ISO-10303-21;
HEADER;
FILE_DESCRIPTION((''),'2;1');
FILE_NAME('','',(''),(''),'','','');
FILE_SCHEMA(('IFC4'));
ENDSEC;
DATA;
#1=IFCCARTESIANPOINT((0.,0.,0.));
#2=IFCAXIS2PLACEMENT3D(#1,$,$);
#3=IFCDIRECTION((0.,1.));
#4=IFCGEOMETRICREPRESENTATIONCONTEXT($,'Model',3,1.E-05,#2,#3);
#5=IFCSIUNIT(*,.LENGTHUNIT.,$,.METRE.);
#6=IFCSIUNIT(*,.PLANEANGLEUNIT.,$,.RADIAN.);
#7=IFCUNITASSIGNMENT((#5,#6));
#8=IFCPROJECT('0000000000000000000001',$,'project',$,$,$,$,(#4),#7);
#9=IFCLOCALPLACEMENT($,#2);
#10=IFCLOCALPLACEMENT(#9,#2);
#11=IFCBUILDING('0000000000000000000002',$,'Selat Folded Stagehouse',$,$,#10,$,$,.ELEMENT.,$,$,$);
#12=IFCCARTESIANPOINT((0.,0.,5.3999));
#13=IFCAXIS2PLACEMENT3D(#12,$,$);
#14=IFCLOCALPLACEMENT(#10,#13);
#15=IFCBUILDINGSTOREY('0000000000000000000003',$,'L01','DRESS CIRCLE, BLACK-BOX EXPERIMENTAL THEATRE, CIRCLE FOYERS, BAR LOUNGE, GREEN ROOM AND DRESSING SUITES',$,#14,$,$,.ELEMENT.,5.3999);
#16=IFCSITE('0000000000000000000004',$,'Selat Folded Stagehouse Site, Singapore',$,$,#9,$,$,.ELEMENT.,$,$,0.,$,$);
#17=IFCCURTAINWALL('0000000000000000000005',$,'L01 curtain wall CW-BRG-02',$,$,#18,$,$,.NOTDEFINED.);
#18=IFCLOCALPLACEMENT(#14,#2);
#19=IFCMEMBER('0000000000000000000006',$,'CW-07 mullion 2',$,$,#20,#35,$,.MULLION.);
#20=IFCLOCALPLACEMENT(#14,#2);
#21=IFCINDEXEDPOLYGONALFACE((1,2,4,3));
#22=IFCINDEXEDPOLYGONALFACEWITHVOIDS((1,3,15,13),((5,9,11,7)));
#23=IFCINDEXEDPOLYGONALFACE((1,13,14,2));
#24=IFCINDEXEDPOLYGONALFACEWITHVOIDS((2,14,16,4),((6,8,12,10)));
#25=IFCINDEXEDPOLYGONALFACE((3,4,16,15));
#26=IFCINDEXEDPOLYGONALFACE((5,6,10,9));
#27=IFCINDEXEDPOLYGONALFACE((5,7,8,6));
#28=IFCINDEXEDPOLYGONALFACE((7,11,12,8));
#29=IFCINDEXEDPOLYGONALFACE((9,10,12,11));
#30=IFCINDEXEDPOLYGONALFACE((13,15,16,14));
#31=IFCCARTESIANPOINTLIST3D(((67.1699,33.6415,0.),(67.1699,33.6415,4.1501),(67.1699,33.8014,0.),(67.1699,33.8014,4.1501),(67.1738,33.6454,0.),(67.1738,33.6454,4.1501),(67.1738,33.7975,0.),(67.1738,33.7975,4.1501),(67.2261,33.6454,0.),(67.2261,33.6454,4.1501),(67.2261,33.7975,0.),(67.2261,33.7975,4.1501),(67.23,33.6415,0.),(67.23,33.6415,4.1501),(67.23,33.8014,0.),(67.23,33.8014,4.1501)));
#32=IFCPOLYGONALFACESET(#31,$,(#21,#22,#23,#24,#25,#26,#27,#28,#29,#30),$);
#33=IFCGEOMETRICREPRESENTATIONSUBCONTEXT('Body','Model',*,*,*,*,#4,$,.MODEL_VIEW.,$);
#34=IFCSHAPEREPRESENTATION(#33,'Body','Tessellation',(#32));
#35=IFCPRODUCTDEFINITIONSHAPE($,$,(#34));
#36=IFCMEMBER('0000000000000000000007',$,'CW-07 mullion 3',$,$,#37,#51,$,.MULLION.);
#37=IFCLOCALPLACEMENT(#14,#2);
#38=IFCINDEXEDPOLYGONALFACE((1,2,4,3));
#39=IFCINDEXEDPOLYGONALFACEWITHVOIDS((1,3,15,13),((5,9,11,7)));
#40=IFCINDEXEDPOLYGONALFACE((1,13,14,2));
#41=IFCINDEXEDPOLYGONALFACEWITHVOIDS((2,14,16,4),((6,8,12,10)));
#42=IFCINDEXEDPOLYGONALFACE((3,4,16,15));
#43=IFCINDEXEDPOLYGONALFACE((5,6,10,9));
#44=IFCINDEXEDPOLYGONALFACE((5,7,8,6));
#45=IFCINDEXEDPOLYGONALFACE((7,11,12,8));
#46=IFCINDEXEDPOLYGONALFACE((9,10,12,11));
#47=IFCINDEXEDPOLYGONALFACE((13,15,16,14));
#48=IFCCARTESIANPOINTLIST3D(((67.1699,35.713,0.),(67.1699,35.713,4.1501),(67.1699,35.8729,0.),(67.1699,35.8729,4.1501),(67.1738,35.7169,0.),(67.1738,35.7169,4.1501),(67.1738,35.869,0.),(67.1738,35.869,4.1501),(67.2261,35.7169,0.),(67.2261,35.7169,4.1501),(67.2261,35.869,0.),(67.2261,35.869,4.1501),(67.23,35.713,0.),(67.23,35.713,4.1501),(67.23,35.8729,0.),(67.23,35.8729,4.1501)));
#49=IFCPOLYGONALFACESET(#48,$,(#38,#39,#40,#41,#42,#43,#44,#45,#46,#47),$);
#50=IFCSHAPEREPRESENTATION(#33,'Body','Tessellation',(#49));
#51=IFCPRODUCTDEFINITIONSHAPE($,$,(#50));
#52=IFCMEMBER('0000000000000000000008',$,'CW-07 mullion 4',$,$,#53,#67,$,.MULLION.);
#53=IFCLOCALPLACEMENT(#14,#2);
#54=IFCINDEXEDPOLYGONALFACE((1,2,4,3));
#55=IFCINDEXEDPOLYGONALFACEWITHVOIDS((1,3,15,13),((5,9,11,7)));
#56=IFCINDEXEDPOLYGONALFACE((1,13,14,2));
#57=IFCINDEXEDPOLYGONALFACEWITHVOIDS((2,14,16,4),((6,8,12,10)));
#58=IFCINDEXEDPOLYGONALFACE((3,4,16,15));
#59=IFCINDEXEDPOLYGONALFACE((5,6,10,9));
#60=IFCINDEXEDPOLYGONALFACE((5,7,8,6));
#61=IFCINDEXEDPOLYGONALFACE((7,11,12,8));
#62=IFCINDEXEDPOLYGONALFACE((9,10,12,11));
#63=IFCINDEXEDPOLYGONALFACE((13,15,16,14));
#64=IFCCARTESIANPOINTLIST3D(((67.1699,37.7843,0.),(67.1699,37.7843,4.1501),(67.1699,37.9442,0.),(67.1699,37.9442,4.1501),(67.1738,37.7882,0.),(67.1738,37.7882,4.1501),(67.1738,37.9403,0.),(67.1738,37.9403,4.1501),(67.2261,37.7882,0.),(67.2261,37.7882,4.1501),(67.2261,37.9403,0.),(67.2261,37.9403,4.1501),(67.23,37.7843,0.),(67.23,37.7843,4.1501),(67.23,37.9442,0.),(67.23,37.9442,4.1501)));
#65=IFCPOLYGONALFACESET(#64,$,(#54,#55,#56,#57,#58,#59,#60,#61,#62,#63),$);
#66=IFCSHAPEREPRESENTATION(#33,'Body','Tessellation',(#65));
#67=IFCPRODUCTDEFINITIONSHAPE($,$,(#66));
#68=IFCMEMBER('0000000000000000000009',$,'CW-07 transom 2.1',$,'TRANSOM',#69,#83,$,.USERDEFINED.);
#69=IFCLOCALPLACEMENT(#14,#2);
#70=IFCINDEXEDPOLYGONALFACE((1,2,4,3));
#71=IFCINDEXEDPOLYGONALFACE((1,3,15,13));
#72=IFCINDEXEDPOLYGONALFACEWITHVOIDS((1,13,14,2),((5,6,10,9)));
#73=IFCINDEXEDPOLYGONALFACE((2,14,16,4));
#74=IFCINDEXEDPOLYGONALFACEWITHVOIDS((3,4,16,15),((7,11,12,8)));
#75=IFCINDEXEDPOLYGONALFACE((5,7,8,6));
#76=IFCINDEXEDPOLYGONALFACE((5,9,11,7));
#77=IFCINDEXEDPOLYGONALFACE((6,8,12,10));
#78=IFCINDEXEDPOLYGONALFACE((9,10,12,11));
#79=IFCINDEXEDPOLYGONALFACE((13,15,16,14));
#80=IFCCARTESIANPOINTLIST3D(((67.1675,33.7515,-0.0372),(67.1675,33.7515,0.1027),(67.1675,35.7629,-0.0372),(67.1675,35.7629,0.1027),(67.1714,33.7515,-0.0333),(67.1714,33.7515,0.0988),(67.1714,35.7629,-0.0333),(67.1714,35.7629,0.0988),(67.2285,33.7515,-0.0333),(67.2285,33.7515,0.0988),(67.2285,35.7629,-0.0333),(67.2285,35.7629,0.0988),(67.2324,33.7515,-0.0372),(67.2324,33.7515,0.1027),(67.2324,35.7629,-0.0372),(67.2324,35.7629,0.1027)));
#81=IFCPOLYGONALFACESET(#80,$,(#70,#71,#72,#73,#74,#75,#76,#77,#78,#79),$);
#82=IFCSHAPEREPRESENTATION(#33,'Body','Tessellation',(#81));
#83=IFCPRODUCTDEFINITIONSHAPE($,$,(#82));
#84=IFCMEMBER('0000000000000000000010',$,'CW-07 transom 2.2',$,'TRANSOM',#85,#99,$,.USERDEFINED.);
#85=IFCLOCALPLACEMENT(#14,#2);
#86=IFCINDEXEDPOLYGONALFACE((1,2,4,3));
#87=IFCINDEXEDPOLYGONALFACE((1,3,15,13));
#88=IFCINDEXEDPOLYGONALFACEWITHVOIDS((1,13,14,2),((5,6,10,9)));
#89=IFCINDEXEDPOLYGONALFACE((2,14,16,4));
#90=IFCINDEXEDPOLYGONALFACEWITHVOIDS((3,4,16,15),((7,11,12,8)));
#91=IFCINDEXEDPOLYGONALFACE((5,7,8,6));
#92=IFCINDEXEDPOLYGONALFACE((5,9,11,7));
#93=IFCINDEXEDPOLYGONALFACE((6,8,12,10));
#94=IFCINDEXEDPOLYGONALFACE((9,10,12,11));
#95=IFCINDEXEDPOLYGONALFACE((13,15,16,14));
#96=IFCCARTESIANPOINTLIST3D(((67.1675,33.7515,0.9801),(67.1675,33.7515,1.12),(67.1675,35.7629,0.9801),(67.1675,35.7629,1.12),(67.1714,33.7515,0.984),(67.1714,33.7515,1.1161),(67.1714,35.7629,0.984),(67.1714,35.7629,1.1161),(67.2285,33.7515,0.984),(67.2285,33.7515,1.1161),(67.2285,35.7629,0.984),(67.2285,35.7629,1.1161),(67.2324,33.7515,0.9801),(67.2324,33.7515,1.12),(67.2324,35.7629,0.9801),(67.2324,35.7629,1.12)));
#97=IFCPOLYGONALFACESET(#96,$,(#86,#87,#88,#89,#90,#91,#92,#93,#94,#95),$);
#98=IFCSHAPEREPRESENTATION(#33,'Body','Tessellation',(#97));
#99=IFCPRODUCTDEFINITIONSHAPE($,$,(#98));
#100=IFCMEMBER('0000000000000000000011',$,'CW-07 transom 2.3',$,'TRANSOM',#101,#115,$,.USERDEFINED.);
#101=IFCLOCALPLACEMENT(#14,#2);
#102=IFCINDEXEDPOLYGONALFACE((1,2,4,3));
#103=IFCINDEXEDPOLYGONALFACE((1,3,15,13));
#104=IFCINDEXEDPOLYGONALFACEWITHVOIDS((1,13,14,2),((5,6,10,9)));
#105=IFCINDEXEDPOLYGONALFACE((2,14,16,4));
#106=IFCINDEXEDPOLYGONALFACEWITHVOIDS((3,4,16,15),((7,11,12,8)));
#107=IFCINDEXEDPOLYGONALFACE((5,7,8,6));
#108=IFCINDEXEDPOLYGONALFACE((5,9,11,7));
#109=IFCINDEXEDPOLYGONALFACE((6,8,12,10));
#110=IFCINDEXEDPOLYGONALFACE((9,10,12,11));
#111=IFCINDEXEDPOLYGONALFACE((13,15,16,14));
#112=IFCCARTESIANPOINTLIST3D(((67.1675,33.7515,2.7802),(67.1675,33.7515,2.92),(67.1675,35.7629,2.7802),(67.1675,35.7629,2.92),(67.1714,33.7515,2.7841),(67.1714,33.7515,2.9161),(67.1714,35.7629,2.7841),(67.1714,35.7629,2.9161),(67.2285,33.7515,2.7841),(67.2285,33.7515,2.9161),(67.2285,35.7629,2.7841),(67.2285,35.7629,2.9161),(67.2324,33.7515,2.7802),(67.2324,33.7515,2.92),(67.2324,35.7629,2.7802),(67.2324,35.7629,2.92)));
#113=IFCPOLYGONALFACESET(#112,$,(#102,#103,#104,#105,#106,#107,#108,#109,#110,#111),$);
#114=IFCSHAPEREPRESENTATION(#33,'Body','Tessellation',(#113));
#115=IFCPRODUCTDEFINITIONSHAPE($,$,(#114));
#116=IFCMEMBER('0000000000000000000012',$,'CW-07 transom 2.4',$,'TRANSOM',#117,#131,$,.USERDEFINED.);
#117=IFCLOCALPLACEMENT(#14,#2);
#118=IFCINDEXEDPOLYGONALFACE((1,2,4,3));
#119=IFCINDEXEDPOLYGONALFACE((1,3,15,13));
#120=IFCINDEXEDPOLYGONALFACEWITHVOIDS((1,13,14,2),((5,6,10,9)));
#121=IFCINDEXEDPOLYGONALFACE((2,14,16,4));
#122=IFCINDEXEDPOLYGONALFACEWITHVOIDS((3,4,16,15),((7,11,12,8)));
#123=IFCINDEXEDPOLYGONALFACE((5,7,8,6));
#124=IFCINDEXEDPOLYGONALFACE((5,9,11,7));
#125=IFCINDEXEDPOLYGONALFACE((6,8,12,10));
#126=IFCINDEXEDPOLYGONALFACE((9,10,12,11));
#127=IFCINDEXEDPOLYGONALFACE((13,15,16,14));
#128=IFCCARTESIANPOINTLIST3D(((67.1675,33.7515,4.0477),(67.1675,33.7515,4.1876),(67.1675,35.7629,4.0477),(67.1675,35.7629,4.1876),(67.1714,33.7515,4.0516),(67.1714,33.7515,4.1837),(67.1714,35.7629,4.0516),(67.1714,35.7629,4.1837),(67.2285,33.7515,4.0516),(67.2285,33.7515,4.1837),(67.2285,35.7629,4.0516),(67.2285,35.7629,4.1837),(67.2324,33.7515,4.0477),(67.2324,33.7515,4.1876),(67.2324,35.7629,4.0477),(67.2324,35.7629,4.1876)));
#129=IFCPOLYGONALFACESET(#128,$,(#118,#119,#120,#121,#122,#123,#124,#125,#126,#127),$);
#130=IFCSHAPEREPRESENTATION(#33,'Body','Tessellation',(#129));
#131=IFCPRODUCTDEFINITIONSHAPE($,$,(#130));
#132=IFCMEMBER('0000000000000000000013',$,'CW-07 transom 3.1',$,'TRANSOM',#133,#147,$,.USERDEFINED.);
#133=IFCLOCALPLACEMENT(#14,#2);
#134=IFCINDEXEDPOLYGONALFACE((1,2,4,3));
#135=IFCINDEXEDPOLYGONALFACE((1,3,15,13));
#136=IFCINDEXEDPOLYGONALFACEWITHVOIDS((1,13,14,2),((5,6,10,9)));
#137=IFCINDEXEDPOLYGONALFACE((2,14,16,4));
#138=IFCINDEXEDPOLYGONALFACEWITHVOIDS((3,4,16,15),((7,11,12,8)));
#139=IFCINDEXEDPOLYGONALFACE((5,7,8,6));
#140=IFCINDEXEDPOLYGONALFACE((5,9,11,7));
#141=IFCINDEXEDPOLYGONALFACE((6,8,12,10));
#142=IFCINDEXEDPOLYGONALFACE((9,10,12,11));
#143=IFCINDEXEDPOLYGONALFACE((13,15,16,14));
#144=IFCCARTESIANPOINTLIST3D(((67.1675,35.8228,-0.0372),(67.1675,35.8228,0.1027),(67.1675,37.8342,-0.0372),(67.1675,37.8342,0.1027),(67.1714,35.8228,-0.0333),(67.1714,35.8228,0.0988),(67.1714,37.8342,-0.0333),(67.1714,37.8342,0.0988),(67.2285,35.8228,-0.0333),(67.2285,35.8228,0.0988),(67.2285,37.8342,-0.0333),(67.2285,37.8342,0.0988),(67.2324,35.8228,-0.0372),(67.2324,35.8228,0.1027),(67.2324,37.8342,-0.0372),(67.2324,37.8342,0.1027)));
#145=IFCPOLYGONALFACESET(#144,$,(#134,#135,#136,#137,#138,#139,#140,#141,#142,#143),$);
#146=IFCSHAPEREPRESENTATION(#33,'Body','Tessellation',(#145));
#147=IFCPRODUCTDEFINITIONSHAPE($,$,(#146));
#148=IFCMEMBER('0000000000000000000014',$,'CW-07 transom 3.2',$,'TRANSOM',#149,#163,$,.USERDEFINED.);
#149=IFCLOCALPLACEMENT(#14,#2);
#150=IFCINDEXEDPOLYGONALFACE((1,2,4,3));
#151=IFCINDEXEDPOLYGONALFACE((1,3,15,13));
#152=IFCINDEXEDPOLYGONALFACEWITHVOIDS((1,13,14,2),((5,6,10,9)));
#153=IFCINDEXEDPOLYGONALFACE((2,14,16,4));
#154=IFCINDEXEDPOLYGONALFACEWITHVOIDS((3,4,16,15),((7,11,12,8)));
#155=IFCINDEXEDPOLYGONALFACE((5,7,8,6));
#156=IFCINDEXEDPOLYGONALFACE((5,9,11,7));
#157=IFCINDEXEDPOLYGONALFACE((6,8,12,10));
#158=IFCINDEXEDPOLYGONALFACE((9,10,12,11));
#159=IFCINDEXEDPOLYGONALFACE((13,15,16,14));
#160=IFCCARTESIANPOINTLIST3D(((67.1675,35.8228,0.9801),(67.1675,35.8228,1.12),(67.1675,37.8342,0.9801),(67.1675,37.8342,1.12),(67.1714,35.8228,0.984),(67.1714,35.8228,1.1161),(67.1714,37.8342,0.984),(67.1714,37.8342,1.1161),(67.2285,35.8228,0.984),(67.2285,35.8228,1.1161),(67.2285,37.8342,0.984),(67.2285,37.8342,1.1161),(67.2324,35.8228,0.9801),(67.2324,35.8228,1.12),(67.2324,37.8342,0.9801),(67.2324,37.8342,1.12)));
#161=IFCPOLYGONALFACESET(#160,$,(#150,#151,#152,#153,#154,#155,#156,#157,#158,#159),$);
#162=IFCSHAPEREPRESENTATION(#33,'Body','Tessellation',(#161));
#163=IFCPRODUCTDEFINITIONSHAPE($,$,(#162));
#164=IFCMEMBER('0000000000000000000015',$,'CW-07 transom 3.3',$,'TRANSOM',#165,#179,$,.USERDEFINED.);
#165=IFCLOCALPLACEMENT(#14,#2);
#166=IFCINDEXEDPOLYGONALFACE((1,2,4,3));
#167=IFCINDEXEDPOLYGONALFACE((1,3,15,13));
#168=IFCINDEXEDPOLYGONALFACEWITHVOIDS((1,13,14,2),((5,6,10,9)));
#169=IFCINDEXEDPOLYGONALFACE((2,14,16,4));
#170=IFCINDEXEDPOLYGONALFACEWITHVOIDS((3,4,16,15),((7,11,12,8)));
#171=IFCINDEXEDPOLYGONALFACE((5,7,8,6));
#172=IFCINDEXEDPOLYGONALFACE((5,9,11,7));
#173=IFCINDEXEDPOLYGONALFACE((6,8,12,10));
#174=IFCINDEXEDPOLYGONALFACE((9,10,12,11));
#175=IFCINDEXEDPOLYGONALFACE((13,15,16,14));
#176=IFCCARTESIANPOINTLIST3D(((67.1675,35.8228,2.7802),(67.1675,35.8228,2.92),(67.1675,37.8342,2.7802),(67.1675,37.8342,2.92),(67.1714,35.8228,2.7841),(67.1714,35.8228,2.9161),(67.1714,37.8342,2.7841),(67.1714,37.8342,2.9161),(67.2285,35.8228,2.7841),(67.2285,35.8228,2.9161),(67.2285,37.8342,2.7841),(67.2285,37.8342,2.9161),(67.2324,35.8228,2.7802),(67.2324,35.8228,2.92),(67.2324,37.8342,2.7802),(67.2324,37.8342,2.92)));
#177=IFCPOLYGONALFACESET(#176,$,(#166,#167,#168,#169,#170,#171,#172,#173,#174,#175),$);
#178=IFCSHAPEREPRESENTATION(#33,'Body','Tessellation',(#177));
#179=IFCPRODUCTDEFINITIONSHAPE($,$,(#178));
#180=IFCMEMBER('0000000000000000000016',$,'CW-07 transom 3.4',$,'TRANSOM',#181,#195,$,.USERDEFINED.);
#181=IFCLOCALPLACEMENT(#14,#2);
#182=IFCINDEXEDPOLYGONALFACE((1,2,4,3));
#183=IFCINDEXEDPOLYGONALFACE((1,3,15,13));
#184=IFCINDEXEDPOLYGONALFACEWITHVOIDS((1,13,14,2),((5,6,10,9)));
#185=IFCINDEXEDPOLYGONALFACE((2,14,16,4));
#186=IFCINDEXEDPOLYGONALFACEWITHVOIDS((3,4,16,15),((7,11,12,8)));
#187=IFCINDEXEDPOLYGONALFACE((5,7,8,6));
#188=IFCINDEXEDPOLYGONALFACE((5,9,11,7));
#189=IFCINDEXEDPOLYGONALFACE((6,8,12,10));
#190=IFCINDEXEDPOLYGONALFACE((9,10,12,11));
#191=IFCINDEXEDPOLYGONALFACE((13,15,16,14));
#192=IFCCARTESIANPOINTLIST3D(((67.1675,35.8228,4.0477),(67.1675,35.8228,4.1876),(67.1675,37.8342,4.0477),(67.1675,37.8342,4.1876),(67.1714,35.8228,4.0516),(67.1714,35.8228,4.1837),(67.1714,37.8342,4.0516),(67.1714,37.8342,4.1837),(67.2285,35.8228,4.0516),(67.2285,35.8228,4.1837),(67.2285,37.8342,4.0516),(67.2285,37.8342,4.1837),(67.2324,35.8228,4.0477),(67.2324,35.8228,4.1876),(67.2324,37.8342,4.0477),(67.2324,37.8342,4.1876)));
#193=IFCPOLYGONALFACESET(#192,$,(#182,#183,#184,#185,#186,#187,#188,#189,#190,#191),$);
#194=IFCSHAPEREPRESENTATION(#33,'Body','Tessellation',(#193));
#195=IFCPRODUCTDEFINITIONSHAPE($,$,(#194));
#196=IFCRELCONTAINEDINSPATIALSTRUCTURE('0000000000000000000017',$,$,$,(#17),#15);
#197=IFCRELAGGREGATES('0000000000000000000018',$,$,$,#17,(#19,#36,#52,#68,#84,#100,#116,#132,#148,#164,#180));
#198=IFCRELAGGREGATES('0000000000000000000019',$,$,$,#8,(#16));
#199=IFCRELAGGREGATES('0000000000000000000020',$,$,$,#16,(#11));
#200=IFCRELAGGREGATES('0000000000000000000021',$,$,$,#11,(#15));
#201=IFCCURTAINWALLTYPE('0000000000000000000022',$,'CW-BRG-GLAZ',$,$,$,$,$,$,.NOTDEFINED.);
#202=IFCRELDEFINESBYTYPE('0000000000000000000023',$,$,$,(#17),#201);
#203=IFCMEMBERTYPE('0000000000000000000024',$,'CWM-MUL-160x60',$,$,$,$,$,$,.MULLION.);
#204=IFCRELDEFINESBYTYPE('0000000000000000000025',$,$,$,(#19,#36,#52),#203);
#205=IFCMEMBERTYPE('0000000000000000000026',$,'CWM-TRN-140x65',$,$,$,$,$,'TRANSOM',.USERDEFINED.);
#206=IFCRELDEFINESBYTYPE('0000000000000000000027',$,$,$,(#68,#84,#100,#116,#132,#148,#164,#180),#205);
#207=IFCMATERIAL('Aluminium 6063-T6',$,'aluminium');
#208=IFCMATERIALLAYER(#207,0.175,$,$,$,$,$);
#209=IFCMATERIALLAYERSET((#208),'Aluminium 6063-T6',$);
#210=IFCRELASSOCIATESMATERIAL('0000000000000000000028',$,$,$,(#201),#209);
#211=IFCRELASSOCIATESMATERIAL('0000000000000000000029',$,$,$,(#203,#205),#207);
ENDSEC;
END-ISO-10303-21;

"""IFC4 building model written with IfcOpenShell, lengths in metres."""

from ifc_helpers import new_model, si_unit, direction, frame, origin, origin_2d, place, context, subcontext, project, spatial, hollow_rectangle, extrude, material, layer, layer_set, material_profile, profile_set, type_object, element, aggregate, save


model = new_model("IFC4")

# Units and contexts
model_context = context("Model", 3, precision=1e-05, world=origin(), true_north=direction((0.0, 1.0)))
body_context = subcontext(model_context, "Body", "Model", "MODEL_VIEW")
ifc_project = project(units=[si_unit("LENGTHUNIT", "METRE"), si_unit("PLANEANGLEUNIT", "RADIAN")], contexts=[model_context])

# Site, building, storey
site_placement = place(None, origin())
site = spatial("IfcSite", under=ifc_project, at=site_placement, Name="Selat Folded Stagehouse Site, Singapore", CompositionType="ELEMENT", RefElevation=0.0)
building_placement = place(site_placement, origin())
building = spatial("IfcBuilding", under=site, at=building_placement, Name="Selat Folded Stagehouse", CompositionType="ELEMENT")
storey_placement = place(building_placement, frame((0.0, 0.0, 5.3999)))
storey = spatial("IfcBuildingStorey", under=building, at=storey_placement, Name="L01", Description="DRESS CIRCLE, BLACK-BOX EXPERIMENTAL THEATRE, CIRCLE FOYERS, BAR LOUNGE, GREEN ROOM AND DRESSING SUITES", CompositionType="ELEMENT", Elevation=5.3999)

# Curtain wall, members
ifc_material_1 = material(Name="Aluminium 6063-T6", Category="aluminium")
ifc_layer_1 = layer(ifc_material_1, 0.175)
ifc_layer_set_1 = layer_set([ifc_layer_1], Name="Aluminium 6063-T6")
curtain_wall_type = type_object("IfcCurtainWallType", Name="CW-BRG-GLAZ", PredefinedType="NOTDEFINED", material=ifc_layer_set_1)
curtain_wall_placement = place(storey_placement, origin())
curtain_wall = element("IfcCurtainWall", 1, at=curtain_wall_placement, inside=storey, type_object=curtain_wall_type, Name="L01 curtain wall CW-BRG-02", PredefinedType="NOTDEFINED")
ifc_material_profile_1 = material_profile(ifc_material_1, hollow_rectangle(XDim=0.0601, YDim=0.1599, WallThickness=0.0039, at=origin_2d()), Name="ALU 160x60x4.0")
ifc_profile_set_1 = profile_set([ifc_material_profile_1], Name="Aluminium 6063-T6")
member_type_1 = type_object("IfcMemberType", Name="CWM-MUL-160x60", PredefinedType="MULLION", material=ifc_profile_set_1)
member_1_placement = place(storey_placement, frame((67.2, 33.7214, 0.0), z_axis=(0.0, 0.0, 1.0), x_axis=(-1.0, 0.0, 0.0)))
member_1 = element("IfcMember", 2, at=member_1_placement, type_object=member_type_1, Name="CW-07 mullion 2", PredefinedType="MULLION", context=body_context, shape_type="SweptSolid", body=[
    extrude(hollow_rectangle(XDim=0.0601, YDim=0.1599, WallThickness=0.0039, at=origin_2d()), origin(), (0.0, 0.0, 1.0), 4.1501),
])
member_2_placement = place(storey_placement, frame((67.2, 35.793, 0.0), z_axis=(0.0, 0.0, 1.0), x_axis=(-1.0, 0.0, 0.0)))
member_2 = element("IfcMember", 3, at=member_2_placement, type_object=member_type_1, Name="CW-07 mullion 3", PredefinedType="MULLION", context=body_context, shape_type="SweptSolid", body=[
    extrude(hollow_rectangle(XDim=0.0601, YDim=0.1599, WallThickness=0.0039, at=origin_2d()), origin(), (0.0, 0.0, 1.0), 4.1501),
])
member_3_placement = place(storey_placement, frame((67.2, 37.8643, 0.0), z_axis=(0.0, 0.0, 1.0), x_axis=(-1.0, 0.0, 0.0)))
member_3 = element("IfcMember", 4, at=member_3_placement, type_object=member_type_1, Name="CW-07 mullion 4", PredefinedType="MULLION", context=body_context, shape_type="SweptSolid", body=[
    extrude(hollow_rectangle(XDim=0.0601, YDim=0.1599, WallThickness=0.0039, at=origin_2d()), origin(), (0.0, 0.0, 1.0), 4.1501),
])
ifc_material_profile_2 = material_profile(ifc_material_1, hollow_rectangle(XDim=0.0649, YDim=0.1399, WallThickness=0.0039, at=origin_2d()), Name="ALU 140x65x4.0")
ifc_profile_set_2 = profile_set([ifc_material_profile_2], Name="Aluminium 6063-T6")
member_type_2 = type_object("IfcMemberType", Name="CWM-TRN-140x65", ElementType="TRANSOM", PredefinedType="USERDEFINED", material=ifc_profile_set_2)
member_4_placement = place(storey_placement, frame((67.2, 33.7515, 0.0327), z_axis=(0.0, 1.0, 0.0), x_axis=(-1.0, 0.0, 0.0)))
member_4 = element("IfcMember", 5, at=member_4_placement, type_object=member_type_2, Name="CW-07 transom 2.1", ObjectType="TRANSOM", PredefinedType="USERDEFINED", context=body_context, shape_type="SweptSolid", body=[
    extrude(hollow_rectangle(XDim=0.0649, YDim=0.1399, WallThickness=0.0039, at=origin_2d()), origin(), (0.0, 0.0, 1.0), 2.0115),
])
member_5_placement = place(storey_placement, frame((67.2, 33.7515, 1.05), z_axis=(0.0, 1.0, 0.0), x_axis=(-1.0, 0.0, 0.0)))
member_5 = element("IfcMember", 6, at=member_5_placement, type_object=member_type_2, Name="CW-07 transom 2.2", ObjectType="TRANSOM", PredefinedType="USERDEFINED", context=body_context, shape_type="SweptSolid", body=[
    extrude(hollow_rectangle(XDim=0.0649, YDim=0.1399, WallThickness=0.0039, at=origin_2d()), origin(), (0.0, 0.0, 1.0), 2.0115),
])
member_6_placement = place(storey_placement, frame((67.2, 33.7515, 2.8501), z_axis=(0.0, 1.0, 0.0), x_axis=(-1.0, 0.0, 0.0)))
member_6 = element("IfcMember", 7, at=member_6_placement, type_object=member_type_2, Name="CW-07 transom 2.3", ObjectType="TRANSOM", PredefinedType="USERDEFINED", context=body_context, shape_type="SweptSolid", body=[
    extrude(hollow_rectangle(XDim=0.0649, YDim=0.1399, WallThickness=0.0039, at=origin_2d()), origin(), (0.0, 0.0, 1.0), 2.0115),
])
member_7_placement = place(storey_placement, frame((67.2, 33.7515, 4.1177), z_axis=(0.0, 1.0, 0.0), x_axis=(-1.0, 0.0, 0.0)))
member_7 = element("IfcMember", 8, at=member_7_placement, type_object=member_type_2, Name="CW-07 transom 2.4", ObjectType="TRANSOM", PredefinedType="USERDEFINED", context=body_context, shape_type="SweptSolid", body=[
    extrude(hollow_rectangle(XDim=0.0649, YDim=0.1399, WallThickness=0.0039, at=origin_2d()), origin(), (0.0, 0.0, 1.0), 2.0115),
])
member_8_placement = place(storey_placement, frame((67.2, 35.8228, 0.0327), z_axis=(0.0, 1.0, 0.0), x_axis=(-1.0, 0.0, 0.0)))
member_8 = element("IfcMember", 9, at=member_8_placement, type_object=member_type_2, Name="CW-07 transom 3.1", ObjectType="TRANSOM", PredefinedType="USERDEFINED", context=body_context, shape_type="SweptSolid", body=[
    extrude(hollow_rectangle(XDim=0.0649, YDim=0.1399, WallThickness=0.0039, at=origin_2d()), origin(), (0.0, 0.0, 1.0), 2.0115),
])
member_9_placement = place(storey_placement, frame((67.2, 35.8228, 1.05), z_axis=(0.0, 1.0, 0.0), x_axis=(-1.0, 0.0, 0.0)))
member_9 = element("IfcMember", 10, at=member_9_placement, type_object=member_type_2, Name="CW-07 transom 3.2", ObjectType="TRANSOM", PredefinedType="USERDEFINED", context=body_context, shape_type="SweptSolid", body=[
    extrude(hollow_rectangle(XDim=0.0649, YDim=0.1399, WallThickness=0.0039, at=origin_2d()), origin(), (0.0, 0.0, 1.0), 2.0115),
])
member_10_placement = place(storey_placement, frame((67.2, 35.8228, 2.8501), z_axis=(0.0, 1.0, 0.0), x_axis=(-1.0, 0.0, 0.0)))
member_10 = element("IfcMember", 11, at=member_10_placement, type_object=member_type_2, Name="CW-07 transom 3.3", ObjectType="TRANSOM", PredefinedType="USERDEFINED", context=body_context, shape_type="SweptSolid", body=[
    extrude(hollow_rectangle(XDim=0.0649, YDim=0.1399, WallThickness=0.0039, at=origin_2d()), origin(), (0.0, 0.0, 1.0), 2.0115),
])
member_11_placement = place(storey_placement, frame((67.2, 35.8228, 4.1177), z_axis=(0.0, 1.0, 0.0), x_axis=(-1.0, 0.0, 0.0)))
member_11 = element("IfcMember", 12, at=member_11_placement, type_object=member_type_2, Name="CW-07 transom 3.4", ObjectType="TRANSOM", PredefinedType="USERDEFINED", context=body_context, shape_type="SweptSolid", body=[
    extrude(hollow_rectangle(XDim=0.0649, YDim=0.1399, WallThickness=0.0039, at=origin_2d()), origin(), (0.0, 0.0, 1.0), 2.0115),
])

aggregate(curtain_wall, [member_1, member_2, member_3, member_4, member_5, member_6, member_7, member_8, member_9, member_10, member_11])

save(model, "model.ifc")
